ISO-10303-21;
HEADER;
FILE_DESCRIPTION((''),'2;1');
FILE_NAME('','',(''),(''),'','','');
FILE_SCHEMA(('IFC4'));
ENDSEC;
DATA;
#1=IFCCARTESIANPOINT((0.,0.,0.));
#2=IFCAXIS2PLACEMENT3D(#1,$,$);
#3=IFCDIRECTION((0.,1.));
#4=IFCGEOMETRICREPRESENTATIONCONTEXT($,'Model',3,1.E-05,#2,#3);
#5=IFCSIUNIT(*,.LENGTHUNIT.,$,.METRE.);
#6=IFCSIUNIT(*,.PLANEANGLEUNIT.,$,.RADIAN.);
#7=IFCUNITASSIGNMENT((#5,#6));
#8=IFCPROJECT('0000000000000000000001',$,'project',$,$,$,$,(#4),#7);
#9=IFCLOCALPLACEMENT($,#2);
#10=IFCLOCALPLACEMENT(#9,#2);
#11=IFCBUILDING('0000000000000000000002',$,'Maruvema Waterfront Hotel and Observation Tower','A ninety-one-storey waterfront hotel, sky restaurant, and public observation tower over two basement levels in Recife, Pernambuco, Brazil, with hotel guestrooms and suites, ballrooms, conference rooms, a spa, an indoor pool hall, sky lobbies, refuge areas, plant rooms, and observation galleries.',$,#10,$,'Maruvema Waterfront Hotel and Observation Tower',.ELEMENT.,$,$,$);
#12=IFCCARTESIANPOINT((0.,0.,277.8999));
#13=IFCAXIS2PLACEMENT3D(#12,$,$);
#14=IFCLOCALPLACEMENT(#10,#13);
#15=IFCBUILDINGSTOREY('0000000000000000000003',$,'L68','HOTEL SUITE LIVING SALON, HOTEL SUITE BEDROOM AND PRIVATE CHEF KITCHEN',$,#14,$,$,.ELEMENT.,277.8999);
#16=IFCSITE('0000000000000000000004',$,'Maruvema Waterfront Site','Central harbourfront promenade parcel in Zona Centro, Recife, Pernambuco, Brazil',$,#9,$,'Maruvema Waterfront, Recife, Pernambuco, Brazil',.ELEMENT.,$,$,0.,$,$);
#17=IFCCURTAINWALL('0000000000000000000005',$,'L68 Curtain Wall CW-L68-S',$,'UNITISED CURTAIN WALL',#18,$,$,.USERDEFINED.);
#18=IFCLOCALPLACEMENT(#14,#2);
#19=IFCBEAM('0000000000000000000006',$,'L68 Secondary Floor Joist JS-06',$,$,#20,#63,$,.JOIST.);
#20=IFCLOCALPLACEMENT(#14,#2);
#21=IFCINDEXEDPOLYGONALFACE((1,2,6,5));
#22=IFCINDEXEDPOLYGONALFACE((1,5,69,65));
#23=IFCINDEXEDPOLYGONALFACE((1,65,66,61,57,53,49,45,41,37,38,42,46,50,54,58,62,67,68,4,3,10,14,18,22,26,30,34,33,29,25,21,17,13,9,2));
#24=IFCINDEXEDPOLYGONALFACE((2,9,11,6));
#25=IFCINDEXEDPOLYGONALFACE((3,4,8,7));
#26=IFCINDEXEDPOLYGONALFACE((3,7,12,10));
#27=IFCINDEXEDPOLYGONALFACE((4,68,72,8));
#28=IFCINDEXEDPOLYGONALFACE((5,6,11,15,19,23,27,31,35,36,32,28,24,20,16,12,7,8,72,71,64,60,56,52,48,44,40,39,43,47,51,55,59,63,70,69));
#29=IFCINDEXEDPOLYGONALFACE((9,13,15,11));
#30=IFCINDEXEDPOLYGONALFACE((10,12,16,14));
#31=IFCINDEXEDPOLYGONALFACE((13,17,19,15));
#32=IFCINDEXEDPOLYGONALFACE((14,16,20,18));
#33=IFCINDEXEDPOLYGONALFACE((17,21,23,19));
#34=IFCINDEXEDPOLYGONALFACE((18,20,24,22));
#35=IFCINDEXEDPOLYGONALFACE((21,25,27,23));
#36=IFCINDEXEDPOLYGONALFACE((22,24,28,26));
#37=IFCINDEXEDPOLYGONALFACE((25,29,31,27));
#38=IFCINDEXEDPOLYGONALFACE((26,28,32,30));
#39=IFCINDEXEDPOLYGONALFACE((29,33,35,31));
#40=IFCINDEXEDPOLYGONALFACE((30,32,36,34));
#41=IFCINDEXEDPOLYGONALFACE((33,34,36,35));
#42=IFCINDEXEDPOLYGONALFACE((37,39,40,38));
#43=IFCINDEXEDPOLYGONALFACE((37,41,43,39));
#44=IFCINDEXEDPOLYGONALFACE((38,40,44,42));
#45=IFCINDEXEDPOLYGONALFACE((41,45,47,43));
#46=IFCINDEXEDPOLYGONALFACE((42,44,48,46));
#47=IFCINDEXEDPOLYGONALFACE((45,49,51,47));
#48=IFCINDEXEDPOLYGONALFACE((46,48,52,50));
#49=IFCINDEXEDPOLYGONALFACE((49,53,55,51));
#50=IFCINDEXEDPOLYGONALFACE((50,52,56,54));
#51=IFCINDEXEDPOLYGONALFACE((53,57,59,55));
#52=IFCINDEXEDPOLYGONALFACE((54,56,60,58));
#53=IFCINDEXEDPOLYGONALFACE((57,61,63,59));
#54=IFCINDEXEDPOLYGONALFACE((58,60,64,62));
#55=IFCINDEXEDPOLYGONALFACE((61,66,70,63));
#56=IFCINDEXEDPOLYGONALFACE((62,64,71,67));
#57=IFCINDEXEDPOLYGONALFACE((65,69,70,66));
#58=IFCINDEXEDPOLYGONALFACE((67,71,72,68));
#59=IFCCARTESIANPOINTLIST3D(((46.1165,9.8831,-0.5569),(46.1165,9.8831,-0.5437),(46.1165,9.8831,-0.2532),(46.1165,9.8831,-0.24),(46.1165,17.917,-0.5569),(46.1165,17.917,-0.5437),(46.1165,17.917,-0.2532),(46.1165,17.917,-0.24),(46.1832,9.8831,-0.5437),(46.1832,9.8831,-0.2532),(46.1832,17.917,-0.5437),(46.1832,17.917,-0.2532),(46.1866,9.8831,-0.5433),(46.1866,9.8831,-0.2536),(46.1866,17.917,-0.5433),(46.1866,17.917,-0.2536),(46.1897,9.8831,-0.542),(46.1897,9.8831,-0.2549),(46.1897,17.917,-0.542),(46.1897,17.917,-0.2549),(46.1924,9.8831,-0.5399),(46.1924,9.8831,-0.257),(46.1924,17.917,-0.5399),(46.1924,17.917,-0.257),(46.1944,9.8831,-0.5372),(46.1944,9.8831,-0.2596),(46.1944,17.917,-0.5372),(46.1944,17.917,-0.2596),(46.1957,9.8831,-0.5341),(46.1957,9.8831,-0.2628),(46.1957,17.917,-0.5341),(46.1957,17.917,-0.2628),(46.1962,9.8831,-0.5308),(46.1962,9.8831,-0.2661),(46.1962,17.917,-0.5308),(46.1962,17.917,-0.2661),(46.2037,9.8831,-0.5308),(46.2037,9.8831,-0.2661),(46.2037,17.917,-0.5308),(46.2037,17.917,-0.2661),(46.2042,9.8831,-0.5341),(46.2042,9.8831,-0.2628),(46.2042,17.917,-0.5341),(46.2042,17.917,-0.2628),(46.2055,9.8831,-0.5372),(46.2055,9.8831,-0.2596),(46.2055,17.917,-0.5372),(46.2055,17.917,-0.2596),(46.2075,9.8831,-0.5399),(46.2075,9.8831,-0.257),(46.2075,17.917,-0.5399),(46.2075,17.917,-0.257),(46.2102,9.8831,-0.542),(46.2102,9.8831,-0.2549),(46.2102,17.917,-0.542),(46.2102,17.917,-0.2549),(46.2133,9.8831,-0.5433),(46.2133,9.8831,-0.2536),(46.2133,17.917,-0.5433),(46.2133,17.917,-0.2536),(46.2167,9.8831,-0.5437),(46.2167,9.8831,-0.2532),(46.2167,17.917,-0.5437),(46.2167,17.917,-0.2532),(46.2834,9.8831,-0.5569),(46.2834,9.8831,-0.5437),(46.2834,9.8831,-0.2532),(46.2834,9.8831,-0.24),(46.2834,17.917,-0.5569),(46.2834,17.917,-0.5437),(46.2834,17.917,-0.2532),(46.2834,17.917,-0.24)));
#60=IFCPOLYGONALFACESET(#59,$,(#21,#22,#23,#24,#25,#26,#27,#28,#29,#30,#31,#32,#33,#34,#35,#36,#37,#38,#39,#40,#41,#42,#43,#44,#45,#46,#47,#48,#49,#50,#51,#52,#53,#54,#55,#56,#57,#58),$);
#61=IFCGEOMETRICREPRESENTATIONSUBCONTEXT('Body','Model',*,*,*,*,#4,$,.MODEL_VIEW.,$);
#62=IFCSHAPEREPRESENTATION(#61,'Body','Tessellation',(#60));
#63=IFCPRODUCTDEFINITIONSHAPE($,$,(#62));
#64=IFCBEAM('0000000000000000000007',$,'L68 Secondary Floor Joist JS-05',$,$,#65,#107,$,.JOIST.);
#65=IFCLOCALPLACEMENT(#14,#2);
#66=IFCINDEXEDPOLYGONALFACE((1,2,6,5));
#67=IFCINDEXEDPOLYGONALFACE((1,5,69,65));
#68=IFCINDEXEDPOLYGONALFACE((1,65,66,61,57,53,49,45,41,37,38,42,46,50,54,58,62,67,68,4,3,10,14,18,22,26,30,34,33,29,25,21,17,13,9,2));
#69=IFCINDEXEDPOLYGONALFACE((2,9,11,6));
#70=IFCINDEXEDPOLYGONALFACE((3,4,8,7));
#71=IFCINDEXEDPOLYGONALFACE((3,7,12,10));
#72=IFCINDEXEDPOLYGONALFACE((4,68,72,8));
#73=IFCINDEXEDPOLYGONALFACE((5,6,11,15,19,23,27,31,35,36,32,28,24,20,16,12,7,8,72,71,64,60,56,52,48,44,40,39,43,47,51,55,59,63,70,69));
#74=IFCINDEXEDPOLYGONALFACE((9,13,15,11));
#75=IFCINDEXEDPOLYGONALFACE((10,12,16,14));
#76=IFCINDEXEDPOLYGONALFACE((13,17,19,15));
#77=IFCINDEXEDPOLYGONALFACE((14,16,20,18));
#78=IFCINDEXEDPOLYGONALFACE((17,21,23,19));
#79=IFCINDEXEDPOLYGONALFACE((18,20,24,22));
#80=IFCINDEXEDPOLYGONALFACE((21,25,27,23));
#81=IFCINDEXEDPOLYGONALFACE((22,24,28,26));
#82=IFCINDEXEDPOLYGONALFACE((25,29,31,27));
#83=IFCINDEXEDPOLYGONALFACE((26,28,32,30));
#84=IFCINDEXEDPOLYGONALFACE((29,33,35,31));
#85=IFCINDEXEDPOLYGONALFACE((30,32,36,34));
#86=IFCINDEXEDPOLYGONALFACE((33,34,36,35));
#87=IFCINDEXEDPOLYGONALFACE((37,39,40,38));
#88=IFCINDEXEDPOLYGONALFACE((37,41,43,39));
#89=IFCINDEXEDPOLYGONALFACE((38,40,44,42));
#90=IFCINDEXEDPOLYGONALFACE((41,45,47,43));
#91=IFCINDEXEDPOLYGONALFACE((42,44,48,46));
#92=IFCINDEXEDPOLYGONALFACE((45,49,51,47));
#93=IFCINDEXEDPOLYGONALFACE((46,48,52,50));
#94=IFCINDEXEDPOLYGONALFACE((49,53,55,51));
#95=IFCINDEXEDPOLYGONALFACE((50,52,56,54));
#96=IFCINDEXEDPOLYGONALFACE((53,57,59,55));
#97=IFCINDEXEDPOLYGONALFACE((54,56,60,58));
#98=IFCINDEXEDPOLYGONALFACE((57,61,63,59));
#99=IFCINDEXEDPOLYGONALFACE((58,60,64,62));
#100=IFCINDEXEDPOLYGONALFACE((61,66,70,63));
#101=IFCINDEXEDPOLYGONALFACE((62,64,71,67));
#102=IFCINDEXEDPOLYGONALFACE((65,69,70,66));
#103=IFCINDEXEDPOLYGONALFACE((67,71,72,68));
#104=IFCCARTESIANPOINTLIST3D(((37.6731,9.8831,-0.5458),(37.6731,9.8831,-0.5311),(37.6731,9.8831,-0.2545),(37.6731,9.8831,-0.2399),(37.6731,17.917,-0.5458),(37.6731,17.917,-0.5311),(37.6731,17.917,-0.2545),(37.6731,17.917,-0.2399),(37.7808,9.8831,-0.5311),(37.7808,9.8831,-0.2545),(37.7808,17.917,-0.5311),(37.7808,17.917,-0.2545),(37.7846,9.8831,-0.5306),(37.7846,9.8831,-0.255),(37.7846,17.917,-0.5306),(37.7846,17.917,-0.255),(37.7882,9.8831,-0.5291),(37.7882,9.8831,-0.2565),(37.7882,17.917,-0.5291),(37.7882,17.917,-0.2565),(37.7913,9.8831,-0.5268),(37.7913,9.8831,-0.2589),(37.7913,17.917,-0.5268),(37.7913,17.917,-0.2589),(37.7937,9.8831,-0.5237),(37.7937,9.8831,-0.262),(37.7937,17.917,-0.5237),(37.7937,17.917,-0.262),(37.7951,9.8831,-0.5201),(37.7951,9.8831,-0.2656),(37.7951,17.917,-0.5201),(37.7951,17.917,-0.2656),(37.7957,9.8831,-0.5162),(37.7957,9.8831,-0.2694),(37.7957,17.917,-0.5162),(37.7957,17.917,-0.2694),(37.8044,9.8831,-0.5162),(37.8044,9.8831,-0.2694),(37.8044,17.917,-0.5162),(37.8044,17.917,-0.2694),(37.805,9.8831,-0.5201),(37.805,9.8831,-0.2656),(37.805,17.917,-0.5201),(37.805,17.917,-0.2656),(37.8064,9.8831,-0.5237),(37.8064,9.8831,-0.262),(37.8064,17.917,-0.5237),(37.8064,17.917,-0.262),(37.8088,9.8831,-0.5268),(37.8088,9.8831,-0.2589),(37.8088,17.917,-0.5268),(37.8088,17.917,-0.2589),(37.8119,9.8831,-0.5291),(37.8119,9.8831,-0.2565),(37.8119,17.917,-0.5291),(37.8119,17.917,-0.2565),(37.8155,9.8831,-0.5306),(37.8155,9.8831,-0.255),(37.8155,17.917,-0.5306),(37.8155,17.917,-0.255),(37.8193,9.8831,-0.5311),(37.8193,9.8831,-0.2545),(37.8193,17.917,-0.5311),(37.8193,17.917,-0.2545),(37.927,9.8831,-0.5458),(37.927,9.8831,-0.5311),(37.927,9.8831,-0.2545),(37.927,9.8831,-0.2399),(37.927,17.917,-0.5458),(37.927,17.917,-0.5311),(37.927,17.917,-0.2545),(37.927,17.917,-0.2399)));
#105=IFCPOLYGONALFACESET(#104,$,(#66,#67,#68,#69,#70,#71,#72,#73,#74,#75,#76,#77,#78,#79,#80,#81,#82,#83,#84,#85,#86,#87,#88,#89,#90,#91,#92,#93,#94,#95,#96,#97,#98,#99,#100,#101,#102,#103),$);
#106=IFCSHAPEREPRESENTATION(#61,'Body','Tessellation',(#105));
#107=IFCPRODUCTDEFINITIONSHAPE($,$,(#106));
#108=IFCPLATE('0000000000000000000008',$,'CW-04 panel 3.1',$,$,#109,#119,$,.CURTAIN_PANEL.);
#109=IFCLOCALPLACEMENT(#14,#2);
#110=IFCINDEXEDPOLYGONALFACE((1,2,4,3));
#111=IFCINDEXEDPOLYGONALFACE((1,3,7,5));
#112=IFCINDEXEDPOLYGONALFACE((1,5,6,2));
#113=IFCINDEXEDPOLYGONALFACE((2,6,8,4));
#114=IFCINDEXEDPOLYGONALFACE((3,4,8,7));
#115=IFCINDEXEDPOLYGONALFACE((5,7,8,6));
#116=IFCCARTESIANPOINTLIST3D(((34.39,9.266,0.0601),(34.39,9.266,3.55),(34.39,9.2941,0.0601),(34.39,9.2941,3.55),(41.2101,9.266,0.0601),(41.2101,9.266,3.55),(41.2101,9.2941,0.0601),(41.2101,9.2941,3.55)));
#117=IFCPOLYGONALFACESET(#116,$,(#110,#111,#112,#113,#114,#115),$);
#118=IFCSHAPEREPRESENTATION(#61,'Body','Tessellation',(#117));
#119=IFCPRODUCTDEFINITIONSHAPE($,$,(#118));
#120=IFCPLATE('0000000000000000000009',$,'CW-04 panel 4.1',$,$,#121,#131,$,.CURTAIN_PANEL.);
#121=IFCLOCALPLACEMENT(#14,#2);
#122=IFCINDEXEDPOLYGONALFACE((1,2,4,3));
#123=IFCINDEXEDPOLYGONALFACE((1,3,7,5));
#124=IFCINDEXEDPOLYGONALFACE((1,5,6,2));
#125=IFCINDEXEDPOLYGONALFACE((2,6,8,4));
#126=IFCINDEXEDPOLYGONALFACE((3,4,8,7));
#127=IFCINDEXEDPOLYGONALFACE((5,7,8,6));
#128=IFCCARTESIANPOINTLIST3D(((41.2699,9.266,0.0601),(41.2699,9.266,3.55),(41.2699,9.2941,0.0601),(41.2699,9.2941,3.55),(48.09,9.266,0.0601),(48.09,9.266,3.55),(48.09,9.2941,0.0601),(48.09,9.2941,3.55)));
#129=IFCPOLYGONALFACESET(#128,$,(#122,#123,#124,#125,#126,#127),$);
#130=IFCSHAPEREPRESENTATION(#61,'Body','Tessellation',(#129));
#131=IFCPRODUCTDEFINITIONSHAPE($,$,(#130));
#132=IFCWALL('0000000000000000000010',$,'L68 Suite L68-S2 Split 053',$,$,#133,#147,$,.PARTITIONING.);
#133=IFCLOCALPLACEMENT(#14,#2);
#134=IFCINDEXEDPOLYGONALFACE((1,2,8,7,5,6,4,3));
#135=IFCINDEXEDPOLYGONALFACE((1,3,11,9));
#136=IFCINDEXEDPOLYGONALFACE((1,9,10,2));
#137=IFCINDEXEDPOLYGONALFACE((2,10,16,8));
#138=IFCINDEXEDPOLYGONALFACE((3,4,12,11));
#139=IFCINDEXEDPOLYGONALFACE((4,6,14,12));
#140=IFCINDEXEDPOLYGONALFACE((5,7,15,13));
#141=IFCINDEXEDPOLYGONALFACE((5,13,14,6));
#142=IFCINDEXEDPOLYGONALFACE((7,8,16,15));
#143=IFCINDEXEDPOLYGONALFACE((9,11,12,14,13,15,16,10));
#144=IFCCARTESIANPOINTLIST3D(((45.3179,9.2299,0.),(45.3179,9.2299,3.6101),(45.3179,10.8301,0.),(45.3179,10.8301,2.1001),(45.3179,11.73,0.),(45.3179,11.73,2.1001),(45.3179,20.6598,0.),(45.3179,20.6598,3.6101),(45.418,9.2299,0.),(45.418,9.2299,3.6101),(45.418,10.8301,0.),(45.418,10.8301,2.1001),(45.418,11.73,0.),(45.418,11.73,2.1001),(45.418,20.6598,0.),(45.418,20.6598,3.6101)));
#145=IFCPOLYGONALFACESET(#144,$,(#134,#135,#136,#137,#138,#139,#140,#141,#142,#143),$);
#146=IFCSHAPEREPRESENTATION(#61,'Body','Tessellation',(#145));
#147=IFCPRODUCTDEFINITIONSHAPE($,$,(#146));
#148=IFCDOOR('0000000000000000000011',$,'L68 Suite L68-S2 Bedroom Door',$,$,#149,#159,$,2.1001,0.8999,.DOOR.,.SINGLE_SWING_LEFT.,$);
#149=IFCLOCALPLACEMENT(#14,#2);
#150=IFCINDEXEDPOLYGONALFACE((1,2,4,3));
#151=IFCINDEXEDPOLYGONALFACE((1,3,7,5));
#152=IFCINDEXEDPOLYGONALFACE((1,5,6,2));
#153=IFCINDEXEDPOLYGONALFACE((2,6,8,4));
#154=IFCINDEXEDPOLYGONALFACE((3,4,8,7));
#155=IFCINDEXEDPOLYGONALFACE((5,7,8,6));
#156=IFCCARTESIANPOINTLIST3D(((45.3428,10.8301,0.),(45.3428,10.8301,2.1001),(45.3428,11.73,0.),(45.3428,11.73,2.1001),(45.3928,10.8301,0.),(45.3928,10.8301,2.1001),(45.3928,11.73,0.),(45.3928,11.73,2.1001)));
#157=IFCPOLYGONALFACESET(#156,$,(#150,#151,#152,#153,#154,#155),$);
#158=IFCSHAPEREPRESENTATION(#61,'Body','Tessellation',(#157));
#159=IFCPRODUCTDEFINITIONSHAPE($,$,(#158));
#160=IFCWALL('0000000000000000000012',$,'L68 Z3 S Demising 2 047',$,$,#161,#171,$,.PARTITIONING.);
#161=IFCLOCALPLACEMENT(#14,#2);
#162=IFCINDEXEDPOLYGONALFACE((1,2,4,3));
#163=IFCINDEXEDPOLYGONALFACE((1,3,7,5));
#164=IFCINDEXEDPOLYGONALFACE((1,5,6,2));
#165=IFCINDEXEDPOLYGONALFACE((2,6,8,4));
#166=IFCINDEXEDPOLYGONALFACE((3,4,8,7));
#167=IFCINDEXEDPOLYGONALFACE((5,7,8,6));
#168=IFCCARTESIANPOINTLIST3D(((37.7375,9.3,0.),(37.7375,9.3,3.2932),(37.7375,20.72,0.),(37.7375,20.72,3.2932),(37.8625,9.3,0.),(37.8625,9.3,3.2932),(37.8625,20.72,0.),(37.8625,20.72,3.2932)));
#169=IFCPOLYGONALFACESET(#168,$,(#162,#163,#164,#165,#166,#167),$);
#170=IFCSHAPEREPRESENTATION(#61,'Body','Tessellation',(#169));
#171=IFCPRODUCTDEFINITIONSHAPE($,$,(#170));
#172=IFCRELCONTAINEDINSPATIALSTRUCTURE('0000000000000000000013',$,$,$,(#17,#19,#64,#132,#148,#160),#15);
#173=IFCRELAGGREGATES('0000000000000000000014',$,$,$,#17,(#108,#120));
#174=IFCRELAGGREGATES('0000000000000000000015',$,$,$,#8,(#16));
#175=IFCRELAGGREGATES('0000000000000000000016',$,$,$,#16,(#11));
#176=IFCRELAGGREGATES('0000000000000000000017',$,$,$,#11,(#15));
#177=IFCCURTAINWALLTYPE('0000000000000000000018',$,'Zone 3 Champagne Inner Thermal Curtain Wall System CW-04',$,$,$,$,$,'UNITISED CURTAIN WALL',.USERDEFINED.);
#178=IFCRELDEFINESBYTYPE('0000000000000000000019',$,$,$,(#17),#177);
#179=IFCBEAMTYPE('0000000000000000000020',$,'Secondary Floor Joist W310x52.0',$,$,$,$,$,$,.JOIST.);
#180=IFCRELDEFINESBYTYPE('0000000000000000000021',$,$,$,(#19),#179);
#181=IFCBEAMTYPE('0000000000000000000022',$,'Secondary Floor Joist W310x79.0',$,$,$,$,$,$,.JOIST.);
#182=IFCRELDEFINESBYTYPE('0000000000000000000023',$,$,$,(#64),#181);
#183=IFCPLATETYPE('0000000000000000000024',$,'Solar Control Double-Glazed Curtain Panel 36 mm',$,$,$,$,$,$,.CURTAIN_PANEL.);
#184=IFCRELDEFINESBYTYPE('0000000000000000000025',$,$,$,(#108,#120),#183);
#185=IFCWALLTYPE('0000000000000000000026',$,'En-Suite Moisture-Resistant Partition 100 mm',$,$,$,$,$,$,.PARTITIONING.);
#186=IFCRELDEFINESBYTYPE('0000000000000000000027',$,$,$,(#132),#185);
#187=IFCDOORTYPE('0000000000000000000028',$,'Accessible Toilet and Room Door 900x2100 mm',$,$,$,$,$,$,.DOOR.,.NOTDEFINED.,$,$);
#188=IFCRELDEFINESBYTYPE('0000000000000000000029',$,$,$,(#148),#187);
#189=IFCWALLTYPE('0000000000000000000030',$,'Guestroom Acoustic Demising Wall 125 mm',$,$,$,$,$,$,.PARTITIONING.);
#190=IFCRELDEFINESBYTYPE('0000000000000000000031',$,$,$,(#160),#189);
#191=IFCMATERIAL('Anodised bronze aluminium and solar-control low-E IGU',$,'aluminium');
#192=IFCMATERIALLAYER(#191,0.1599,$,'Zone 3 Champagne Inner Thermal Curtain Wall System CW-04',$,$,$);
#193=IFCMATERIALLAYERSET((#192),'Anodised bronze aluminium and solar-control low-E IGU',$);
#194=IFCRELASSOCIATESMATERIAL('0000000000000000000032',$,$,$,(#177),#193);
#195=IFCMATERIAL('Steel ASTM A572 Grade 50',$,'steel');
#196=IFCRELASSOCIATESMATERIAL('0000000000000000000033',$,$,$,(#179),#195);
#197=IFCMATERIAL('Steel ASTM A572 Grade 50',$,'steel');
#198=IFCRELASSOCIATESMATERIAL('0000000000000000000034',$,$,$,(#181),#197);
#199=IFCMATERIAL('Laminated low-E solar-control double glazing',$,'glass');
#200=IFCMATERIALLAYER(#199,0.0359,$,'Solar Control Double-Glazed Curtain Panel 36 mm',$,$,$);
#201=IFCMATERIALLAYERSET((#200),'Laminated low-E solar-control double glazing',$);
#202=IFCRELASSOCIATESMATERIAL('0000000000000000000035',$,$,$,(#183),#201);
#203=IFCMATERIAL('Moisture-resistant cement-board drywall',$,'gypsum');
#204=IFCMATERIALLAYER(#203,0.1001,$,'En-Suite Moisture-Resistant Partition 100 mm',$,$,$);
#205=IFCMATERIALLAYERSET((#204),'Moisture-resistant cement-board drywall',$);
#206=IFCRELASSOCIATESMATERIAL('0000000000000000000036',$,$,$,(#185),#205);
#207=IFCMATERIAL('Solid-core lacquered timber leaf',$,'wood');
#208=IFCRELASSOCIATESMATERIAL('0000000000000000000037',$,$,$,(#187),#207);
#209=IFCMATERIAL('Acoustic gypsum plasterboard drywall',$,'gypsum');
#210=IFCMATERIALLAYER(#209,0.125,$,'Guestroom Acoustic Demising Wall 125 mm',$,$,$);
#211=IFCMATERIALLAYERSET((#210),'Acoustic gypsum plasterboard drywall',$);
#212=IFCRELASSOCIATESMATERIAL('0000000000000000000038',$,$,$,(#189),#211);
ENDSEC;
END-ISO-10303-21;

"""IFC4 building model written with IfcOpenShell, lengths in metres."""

from ifc_helpers import new_model, si_unit, direction, frame, frame_2d, origin, origin_2d, place, context, subcontext, project, spatial, rectangle, i_section, extrude, material, layer, layer_set, material_profile, profile_set, type_object, element, fill, aggregate, save


model = new_model("IFC4")

# Units and contexts
model_context = context("Model", 3, precision=1e-05, world=origin(), true_north=direction((0.0, 1.0)))
body_context = subcontext(model_context, "Body", "Model", "MODEL_VIEW")
ifc_project = project(units=[si_unit("LENGTHUNIT", "METRE"), si_unit("PLANEANGLEUNIT", "RADIAN")], contexts=[model_context])

# Site, building, storey
site_placement = place(None, origin())
site = spatial("IfcSite", under=ifc_project, at=site_placement, Name="Maruvema Waterfront Site", Description="Central harbourfront promenade parcel in Zona Centro, Recife, Pernambuco, Brazil", LongName="Maruvema Waterfront, Recife, Pernambuco, Brazil", CompositionType="ELEMENT", RefElevation=0.0)
building_placement = place(site_placement, origin())
building = spatial("IfcBuilding", under=site, at=building_placement, Name="Maruvema Waterfront Hotel and Observation Tower", Description="A ninety-one-storey waterfront hotel, sky restaurant, and public observation tower over two basement levels in Recife, Pernambuco, Brazil, with hotel guestrooms and suites, ballrooms, conference rooms, a spa, an indoor pool hall, sky lobbies, refuge areas, plant rooms, and observation galleries.", LongName="Maruvema Waterfront Hotel and Observation Tower", CompositionType="ELEMENT")
storey_placement = place(building_placement, frame((0.0, 0.0, 277.8999)))
storey = spatial("IfcBuildingStorey", under=building, at=storey_placement, Name="L68", Description="HOTEL SUITE LIVING SALON, HOTEL SUITE BEDROOM AND PRIVATE CHEF KITCHEN", CompositionType="ELEMENT", Elevation=277.8999)

# Curtain wall
ifc_material_1 = material(Name="Anodised bronze aluminium and solar-control low-E IGU", Category="aluminium")
ifc_layer_1 = layer(ifc_material_1, 0.1599, Name="Zone 3 Champagne Inner Thermal Curtain Wall System CW-04")
ifc_layer_set_1 = layer_set([ifc_layer_1], Name="Anodised bronze aluminium and solar-control low-E IGU")
curtain_wall_type = type_object("IfcCurtainWallType", Name="Zone 3 Champagne Inner Thermal Curtain Wall System CW-04", ElementType="UNITISED CURTAIN WALL", PredefinedType="USERDEFINED", material=ifc_layer_set_1)
curtain_wall_placement = place(storey_placement, origin())
curtain_wall = element("IfcCurtainWall", 1, at=curtain_wall_placement, inside=storey, type_object=curtain_wall_type, Name="L68 Curtain Wall CW-L68-S", ObjectType="UNITISED CURTAIN WALL", PredefinedType="USERDEFINED")

# Beams
ifc_material_2 = material(Name="Steel ASTM A572 Grade 50", Category="steel")
ifc_material_profile_1 = material_profile(ifc_material_2, i_section(OverallWidth=0.167, OverallDepth=0.3169, WebThickness=0.0076, FlangeThickness=0.0132, FilletRadius=0.0129, at=origin_2d()), Name="W310x52.0")
ifc_profile_set_1 = profile_set([ifc_material_profile_1], Name="Steel ASTM A572 Grade 50")
beam_type_1 = type_object("IfcBeamType", Name="Secondary Floor Joist W310x52.0", PredefinedType="JOIST", material=ifc_profile_set_1)
beam_1_placement = place(storey_placement, frame((46.2, 9.8831, -0.3984), z_axis=(0.0, 1.0, 0.0), x_axis=(-1.0, 0.0, 0.0)))
element("IfcBeam", 2, at=beam_1_placement, inside=storey, type_object=beam_type_1, Name="L68 Secondary Floor Joist JS-06", PredefinedType="JOIST", context=body_context, shape_type="SweptSolid", body=[
    extrude(i_section(OverallWidth=0.167, OverallDepth=0.3169, WebThickness=0.0076, FlangeThickness=0.0132, FilletRadius=0.0129, at=origin_2d()), origin(), (0.0, 0.0, 1.0), 8.0339),
])
ifc_material_3 = material(Name="Steel ASTM A572 Grade 50", Category="steel")
ifc_material_profile_2 = material_profile(ifc_material_3, i_section(OverallWidth=0.2539, OverallDepth=0.3059, WebThickness=0.0088, FlangeThickness=0.0146, FilletRadius=0.0149, at=origin_2d()), Name="W310x79.0")
ifc_profile_set_2 = profile_set([ifc_material_profile_2], Name="Steel ASTM A572 Grade 50")
beam_type_2 = type_object("IfcBeamType", Name="Secondary Floor Joist W310x79.0", PredefinedType="JOIST", material=ifc_profile_set_2)
beam_2_placement = place(storey_placement, frame((37.8, 9.8831, -0.3928), z_axis=(0.0, 1.0, 0.0), x_axis=(-1.0, 0.0, 0.0)))
element("IfcBeam", 3, at=beam_2_placement, inside=storey, type_object=beam_type_2, Name="L68 Secondary Floor Joist JS-05", PredefinedType="JOIST", context=body_context, shape_type="SweptSolid", body=[
    extrude(i_section(OverallWidth=0.2539, OverallDepth=0.3059, WebThickness=0.0088, FlangeThickness=0.0146, FilletRadius=0.0149, at=origin_2d()), origin(), (0.0, 0.0, 1.0), 8.0339),
])

# Plates
ifc_material_4 = material(Name="Laminated low-E solar-control double glazing", Category="glass")
ifc_layer_2 = layer(ifc_material_4, 0.0359, Name="Solar Control Double-Glazed Curtain Panel 36 mm")
ifc_layer_set_2 = layer_set([ifc_layer_2], Name="Laminated low-E solar-control double glazing")
plate_type = type_object("IfcPlateType", Name="Solar Control Double-Glazed Curtain Panel 36 mm", PredefinedType="CURTAIN_PANEL", material=ifc_layer_set_2)
plate_1_placement = place(storey_placement, frame((37.8, 9.28, 0.0601), z_axis=(0.0, 0.0, 1.0), x_axis=(1.0, 0.0, 0.0)))
plate_1 = element("IfcPlate", 4, at=plate_1_placement, type_object=plate_type, Name="CW-04 panel 3.1", PredefinedType="CURTAIN_PANEL", context=body_context, shape_type="SweptSolid", body=[
    extrude(rectangle(XDim=6.8201, YDim=0.0281, at=origin_2d()), origin(), (0.0, 0.0, 1.0), 3.49),
])
plate_2_placement = place(storey_placement, frame((44.6799, 9.28, 0.0601), z_axis=(0.0, 0.0, 1.0), x_axis=(1.0, 0.0, 0.0)))
plate_2 = element("IfcPlate", 5, at=plate_2_placement, type_object=plate_type, Name="CW-04 panel 4.1", PredefinedType="CURTAIN_PANEL", context=body_context, shape_type="SweptSolid", body=[
    extrude(rectangle(XDim=6.8201, YDim=0.0281, at=origin_2d()), origin(), (0.0, 0.0, 1.0), 3.49),
])
aggregate(curtain_wall, [plate_1, plate_2])

# Wall, opening, door
ifc_material_5 = material(Name="Moisture-resistant cement-board drywall", Category="gypsum")
ifc_layer_3 = layer(ifc_material_5, 0.1001, Name="En-Suite Moisture-Resistant Partition 100 mm")
ifc_layer_set_3 = layer_set([ifc_layer_3], Name="Moisture-resistant cement-board drywall")
wall_type_1 = type_object("IfcWallType", Name="En-Suite Moisture-Resistant Partition 100 mm", PredefinedType="PARTITIONING", material=ifc_layer_set_3)
wall_1_placement = place(storey_placement, frame((45.3679, 9.23, 0.0), z_axis=(0.0, 0.0, 1.0), x_axis=(0.0, 1.0, 0.0)))
wall_1 = element("IfcWall", 6, at=wall_1_placement, inside=storey, type_object=wall_type_1, Name="L68 Suite L68-S2 Split 053", PredefinedType="PARTITIONING", context=body_context, shape_type="SweptSolid", body=[
    extrude(rectangle(XDim=11.4299, YDim=0.1001, at=frame_2d((5.7148, 0.0))), origin(), (0.0, 0.0, 1.0), 3.6101),
])
opening_placement = place(wall_1_placement, frame((1.6001, 0.0, 0.0)))
opening = element("IfcOpeningElement", 7, at=opening_placement, cuts=wall_1, PredefinedType="OPENING", context=body_context, shape_type="SweptSolid", body=[
    extrude(rectangle(XDim=0.8999, YDim=2.1001, at=frame_2d((0.45, 1.05))), frame((0.0, 0.0601, 0.0), z_axis=(0.0, -1.0, 0.0), x_axis=(1.0, 0.0, 0.0)), (0.0, 0.0, 1.0), 0.1201),
])
ifc_material_6 = material(Name="Solid-core lacquered timber leaf", Category="wood")
door_type = type_object("IfcDoorType", Name="Accessible Toilet and Room Door 900x2100 mm", OperationType="NOTDEFINED", PredefinedType="DOOR", material=ifc_material_6)
door_placement = place(opening_placement, frame((0.8999, 0.0, 0.0), z_axis=(0.0, 0.0, 1.0), x_axis=(-1.0, 0.0, 0.0)))
door = element("IfcDoor", 8, at=door_placement, inside=storey, type_object=door_type, Name="L68 Suite L68-S2 Bedroom Door", OperationType="SINGLE_SWING_LEFT", OverallHeight=2.1001, OverallWidth=0.8999, PredefinedType="DOOR", context=body_context, shape_type="SweptSolid", body=[
    extrude(rectangle(XDim=0.8999, YDim=2.1001, at=frame_2d((0.45, 1.05))), frame((0.0, 0.0249, 0.0), z_axis=(0.0, -1.0, 0.0), x_axis=(1.0, 0.0, 0.0)), (0.0, 0.0, 1.0), 0.05),
])
fill(opening, door)

# Wall
ifc_material_7 = material(Name="Acoustic gypsum plasterboard drywall", Category="gypsum")
ifc_layer_4 = layer(ifc_material_7, 0.125, Name="Guestroom Acoustic Demising Wall 125 mm")
ifc_layer_set_4 = layer_set([ifc_layer_4], Name="Acoustic gypsum plasterboard drywall")
wall_type_2 = type_object("IfcWallType", Name="Guestroom Acoustic Demising Wall 125 mm", PredefinedType="PARTITIONING", material=ifc_layer_set_4)
wall_2_placement = place(storey_placement, frame((37.8, 9.3, 0.0), z_axis=(0.0, 0.0, 1.0), x_axis=(0.0, 1.0, 0.0)))
element("IfcWall", 9, at=wall_2_placement, inside=storey, type_object=wall_type_2, Name="L68 Z3 S Demising 2 047", PredefinedType="PARTITIONING", context=body_context, shape_type="SweptSolid", body=[
    extrude(rectangle(XDim=11.4199, YDim=0.125, at=frame_2d((5.71, 0.0))), origin(), (0.0, 0.0, 1.0), 3.2932),
])

save(model, "model.ifc")
